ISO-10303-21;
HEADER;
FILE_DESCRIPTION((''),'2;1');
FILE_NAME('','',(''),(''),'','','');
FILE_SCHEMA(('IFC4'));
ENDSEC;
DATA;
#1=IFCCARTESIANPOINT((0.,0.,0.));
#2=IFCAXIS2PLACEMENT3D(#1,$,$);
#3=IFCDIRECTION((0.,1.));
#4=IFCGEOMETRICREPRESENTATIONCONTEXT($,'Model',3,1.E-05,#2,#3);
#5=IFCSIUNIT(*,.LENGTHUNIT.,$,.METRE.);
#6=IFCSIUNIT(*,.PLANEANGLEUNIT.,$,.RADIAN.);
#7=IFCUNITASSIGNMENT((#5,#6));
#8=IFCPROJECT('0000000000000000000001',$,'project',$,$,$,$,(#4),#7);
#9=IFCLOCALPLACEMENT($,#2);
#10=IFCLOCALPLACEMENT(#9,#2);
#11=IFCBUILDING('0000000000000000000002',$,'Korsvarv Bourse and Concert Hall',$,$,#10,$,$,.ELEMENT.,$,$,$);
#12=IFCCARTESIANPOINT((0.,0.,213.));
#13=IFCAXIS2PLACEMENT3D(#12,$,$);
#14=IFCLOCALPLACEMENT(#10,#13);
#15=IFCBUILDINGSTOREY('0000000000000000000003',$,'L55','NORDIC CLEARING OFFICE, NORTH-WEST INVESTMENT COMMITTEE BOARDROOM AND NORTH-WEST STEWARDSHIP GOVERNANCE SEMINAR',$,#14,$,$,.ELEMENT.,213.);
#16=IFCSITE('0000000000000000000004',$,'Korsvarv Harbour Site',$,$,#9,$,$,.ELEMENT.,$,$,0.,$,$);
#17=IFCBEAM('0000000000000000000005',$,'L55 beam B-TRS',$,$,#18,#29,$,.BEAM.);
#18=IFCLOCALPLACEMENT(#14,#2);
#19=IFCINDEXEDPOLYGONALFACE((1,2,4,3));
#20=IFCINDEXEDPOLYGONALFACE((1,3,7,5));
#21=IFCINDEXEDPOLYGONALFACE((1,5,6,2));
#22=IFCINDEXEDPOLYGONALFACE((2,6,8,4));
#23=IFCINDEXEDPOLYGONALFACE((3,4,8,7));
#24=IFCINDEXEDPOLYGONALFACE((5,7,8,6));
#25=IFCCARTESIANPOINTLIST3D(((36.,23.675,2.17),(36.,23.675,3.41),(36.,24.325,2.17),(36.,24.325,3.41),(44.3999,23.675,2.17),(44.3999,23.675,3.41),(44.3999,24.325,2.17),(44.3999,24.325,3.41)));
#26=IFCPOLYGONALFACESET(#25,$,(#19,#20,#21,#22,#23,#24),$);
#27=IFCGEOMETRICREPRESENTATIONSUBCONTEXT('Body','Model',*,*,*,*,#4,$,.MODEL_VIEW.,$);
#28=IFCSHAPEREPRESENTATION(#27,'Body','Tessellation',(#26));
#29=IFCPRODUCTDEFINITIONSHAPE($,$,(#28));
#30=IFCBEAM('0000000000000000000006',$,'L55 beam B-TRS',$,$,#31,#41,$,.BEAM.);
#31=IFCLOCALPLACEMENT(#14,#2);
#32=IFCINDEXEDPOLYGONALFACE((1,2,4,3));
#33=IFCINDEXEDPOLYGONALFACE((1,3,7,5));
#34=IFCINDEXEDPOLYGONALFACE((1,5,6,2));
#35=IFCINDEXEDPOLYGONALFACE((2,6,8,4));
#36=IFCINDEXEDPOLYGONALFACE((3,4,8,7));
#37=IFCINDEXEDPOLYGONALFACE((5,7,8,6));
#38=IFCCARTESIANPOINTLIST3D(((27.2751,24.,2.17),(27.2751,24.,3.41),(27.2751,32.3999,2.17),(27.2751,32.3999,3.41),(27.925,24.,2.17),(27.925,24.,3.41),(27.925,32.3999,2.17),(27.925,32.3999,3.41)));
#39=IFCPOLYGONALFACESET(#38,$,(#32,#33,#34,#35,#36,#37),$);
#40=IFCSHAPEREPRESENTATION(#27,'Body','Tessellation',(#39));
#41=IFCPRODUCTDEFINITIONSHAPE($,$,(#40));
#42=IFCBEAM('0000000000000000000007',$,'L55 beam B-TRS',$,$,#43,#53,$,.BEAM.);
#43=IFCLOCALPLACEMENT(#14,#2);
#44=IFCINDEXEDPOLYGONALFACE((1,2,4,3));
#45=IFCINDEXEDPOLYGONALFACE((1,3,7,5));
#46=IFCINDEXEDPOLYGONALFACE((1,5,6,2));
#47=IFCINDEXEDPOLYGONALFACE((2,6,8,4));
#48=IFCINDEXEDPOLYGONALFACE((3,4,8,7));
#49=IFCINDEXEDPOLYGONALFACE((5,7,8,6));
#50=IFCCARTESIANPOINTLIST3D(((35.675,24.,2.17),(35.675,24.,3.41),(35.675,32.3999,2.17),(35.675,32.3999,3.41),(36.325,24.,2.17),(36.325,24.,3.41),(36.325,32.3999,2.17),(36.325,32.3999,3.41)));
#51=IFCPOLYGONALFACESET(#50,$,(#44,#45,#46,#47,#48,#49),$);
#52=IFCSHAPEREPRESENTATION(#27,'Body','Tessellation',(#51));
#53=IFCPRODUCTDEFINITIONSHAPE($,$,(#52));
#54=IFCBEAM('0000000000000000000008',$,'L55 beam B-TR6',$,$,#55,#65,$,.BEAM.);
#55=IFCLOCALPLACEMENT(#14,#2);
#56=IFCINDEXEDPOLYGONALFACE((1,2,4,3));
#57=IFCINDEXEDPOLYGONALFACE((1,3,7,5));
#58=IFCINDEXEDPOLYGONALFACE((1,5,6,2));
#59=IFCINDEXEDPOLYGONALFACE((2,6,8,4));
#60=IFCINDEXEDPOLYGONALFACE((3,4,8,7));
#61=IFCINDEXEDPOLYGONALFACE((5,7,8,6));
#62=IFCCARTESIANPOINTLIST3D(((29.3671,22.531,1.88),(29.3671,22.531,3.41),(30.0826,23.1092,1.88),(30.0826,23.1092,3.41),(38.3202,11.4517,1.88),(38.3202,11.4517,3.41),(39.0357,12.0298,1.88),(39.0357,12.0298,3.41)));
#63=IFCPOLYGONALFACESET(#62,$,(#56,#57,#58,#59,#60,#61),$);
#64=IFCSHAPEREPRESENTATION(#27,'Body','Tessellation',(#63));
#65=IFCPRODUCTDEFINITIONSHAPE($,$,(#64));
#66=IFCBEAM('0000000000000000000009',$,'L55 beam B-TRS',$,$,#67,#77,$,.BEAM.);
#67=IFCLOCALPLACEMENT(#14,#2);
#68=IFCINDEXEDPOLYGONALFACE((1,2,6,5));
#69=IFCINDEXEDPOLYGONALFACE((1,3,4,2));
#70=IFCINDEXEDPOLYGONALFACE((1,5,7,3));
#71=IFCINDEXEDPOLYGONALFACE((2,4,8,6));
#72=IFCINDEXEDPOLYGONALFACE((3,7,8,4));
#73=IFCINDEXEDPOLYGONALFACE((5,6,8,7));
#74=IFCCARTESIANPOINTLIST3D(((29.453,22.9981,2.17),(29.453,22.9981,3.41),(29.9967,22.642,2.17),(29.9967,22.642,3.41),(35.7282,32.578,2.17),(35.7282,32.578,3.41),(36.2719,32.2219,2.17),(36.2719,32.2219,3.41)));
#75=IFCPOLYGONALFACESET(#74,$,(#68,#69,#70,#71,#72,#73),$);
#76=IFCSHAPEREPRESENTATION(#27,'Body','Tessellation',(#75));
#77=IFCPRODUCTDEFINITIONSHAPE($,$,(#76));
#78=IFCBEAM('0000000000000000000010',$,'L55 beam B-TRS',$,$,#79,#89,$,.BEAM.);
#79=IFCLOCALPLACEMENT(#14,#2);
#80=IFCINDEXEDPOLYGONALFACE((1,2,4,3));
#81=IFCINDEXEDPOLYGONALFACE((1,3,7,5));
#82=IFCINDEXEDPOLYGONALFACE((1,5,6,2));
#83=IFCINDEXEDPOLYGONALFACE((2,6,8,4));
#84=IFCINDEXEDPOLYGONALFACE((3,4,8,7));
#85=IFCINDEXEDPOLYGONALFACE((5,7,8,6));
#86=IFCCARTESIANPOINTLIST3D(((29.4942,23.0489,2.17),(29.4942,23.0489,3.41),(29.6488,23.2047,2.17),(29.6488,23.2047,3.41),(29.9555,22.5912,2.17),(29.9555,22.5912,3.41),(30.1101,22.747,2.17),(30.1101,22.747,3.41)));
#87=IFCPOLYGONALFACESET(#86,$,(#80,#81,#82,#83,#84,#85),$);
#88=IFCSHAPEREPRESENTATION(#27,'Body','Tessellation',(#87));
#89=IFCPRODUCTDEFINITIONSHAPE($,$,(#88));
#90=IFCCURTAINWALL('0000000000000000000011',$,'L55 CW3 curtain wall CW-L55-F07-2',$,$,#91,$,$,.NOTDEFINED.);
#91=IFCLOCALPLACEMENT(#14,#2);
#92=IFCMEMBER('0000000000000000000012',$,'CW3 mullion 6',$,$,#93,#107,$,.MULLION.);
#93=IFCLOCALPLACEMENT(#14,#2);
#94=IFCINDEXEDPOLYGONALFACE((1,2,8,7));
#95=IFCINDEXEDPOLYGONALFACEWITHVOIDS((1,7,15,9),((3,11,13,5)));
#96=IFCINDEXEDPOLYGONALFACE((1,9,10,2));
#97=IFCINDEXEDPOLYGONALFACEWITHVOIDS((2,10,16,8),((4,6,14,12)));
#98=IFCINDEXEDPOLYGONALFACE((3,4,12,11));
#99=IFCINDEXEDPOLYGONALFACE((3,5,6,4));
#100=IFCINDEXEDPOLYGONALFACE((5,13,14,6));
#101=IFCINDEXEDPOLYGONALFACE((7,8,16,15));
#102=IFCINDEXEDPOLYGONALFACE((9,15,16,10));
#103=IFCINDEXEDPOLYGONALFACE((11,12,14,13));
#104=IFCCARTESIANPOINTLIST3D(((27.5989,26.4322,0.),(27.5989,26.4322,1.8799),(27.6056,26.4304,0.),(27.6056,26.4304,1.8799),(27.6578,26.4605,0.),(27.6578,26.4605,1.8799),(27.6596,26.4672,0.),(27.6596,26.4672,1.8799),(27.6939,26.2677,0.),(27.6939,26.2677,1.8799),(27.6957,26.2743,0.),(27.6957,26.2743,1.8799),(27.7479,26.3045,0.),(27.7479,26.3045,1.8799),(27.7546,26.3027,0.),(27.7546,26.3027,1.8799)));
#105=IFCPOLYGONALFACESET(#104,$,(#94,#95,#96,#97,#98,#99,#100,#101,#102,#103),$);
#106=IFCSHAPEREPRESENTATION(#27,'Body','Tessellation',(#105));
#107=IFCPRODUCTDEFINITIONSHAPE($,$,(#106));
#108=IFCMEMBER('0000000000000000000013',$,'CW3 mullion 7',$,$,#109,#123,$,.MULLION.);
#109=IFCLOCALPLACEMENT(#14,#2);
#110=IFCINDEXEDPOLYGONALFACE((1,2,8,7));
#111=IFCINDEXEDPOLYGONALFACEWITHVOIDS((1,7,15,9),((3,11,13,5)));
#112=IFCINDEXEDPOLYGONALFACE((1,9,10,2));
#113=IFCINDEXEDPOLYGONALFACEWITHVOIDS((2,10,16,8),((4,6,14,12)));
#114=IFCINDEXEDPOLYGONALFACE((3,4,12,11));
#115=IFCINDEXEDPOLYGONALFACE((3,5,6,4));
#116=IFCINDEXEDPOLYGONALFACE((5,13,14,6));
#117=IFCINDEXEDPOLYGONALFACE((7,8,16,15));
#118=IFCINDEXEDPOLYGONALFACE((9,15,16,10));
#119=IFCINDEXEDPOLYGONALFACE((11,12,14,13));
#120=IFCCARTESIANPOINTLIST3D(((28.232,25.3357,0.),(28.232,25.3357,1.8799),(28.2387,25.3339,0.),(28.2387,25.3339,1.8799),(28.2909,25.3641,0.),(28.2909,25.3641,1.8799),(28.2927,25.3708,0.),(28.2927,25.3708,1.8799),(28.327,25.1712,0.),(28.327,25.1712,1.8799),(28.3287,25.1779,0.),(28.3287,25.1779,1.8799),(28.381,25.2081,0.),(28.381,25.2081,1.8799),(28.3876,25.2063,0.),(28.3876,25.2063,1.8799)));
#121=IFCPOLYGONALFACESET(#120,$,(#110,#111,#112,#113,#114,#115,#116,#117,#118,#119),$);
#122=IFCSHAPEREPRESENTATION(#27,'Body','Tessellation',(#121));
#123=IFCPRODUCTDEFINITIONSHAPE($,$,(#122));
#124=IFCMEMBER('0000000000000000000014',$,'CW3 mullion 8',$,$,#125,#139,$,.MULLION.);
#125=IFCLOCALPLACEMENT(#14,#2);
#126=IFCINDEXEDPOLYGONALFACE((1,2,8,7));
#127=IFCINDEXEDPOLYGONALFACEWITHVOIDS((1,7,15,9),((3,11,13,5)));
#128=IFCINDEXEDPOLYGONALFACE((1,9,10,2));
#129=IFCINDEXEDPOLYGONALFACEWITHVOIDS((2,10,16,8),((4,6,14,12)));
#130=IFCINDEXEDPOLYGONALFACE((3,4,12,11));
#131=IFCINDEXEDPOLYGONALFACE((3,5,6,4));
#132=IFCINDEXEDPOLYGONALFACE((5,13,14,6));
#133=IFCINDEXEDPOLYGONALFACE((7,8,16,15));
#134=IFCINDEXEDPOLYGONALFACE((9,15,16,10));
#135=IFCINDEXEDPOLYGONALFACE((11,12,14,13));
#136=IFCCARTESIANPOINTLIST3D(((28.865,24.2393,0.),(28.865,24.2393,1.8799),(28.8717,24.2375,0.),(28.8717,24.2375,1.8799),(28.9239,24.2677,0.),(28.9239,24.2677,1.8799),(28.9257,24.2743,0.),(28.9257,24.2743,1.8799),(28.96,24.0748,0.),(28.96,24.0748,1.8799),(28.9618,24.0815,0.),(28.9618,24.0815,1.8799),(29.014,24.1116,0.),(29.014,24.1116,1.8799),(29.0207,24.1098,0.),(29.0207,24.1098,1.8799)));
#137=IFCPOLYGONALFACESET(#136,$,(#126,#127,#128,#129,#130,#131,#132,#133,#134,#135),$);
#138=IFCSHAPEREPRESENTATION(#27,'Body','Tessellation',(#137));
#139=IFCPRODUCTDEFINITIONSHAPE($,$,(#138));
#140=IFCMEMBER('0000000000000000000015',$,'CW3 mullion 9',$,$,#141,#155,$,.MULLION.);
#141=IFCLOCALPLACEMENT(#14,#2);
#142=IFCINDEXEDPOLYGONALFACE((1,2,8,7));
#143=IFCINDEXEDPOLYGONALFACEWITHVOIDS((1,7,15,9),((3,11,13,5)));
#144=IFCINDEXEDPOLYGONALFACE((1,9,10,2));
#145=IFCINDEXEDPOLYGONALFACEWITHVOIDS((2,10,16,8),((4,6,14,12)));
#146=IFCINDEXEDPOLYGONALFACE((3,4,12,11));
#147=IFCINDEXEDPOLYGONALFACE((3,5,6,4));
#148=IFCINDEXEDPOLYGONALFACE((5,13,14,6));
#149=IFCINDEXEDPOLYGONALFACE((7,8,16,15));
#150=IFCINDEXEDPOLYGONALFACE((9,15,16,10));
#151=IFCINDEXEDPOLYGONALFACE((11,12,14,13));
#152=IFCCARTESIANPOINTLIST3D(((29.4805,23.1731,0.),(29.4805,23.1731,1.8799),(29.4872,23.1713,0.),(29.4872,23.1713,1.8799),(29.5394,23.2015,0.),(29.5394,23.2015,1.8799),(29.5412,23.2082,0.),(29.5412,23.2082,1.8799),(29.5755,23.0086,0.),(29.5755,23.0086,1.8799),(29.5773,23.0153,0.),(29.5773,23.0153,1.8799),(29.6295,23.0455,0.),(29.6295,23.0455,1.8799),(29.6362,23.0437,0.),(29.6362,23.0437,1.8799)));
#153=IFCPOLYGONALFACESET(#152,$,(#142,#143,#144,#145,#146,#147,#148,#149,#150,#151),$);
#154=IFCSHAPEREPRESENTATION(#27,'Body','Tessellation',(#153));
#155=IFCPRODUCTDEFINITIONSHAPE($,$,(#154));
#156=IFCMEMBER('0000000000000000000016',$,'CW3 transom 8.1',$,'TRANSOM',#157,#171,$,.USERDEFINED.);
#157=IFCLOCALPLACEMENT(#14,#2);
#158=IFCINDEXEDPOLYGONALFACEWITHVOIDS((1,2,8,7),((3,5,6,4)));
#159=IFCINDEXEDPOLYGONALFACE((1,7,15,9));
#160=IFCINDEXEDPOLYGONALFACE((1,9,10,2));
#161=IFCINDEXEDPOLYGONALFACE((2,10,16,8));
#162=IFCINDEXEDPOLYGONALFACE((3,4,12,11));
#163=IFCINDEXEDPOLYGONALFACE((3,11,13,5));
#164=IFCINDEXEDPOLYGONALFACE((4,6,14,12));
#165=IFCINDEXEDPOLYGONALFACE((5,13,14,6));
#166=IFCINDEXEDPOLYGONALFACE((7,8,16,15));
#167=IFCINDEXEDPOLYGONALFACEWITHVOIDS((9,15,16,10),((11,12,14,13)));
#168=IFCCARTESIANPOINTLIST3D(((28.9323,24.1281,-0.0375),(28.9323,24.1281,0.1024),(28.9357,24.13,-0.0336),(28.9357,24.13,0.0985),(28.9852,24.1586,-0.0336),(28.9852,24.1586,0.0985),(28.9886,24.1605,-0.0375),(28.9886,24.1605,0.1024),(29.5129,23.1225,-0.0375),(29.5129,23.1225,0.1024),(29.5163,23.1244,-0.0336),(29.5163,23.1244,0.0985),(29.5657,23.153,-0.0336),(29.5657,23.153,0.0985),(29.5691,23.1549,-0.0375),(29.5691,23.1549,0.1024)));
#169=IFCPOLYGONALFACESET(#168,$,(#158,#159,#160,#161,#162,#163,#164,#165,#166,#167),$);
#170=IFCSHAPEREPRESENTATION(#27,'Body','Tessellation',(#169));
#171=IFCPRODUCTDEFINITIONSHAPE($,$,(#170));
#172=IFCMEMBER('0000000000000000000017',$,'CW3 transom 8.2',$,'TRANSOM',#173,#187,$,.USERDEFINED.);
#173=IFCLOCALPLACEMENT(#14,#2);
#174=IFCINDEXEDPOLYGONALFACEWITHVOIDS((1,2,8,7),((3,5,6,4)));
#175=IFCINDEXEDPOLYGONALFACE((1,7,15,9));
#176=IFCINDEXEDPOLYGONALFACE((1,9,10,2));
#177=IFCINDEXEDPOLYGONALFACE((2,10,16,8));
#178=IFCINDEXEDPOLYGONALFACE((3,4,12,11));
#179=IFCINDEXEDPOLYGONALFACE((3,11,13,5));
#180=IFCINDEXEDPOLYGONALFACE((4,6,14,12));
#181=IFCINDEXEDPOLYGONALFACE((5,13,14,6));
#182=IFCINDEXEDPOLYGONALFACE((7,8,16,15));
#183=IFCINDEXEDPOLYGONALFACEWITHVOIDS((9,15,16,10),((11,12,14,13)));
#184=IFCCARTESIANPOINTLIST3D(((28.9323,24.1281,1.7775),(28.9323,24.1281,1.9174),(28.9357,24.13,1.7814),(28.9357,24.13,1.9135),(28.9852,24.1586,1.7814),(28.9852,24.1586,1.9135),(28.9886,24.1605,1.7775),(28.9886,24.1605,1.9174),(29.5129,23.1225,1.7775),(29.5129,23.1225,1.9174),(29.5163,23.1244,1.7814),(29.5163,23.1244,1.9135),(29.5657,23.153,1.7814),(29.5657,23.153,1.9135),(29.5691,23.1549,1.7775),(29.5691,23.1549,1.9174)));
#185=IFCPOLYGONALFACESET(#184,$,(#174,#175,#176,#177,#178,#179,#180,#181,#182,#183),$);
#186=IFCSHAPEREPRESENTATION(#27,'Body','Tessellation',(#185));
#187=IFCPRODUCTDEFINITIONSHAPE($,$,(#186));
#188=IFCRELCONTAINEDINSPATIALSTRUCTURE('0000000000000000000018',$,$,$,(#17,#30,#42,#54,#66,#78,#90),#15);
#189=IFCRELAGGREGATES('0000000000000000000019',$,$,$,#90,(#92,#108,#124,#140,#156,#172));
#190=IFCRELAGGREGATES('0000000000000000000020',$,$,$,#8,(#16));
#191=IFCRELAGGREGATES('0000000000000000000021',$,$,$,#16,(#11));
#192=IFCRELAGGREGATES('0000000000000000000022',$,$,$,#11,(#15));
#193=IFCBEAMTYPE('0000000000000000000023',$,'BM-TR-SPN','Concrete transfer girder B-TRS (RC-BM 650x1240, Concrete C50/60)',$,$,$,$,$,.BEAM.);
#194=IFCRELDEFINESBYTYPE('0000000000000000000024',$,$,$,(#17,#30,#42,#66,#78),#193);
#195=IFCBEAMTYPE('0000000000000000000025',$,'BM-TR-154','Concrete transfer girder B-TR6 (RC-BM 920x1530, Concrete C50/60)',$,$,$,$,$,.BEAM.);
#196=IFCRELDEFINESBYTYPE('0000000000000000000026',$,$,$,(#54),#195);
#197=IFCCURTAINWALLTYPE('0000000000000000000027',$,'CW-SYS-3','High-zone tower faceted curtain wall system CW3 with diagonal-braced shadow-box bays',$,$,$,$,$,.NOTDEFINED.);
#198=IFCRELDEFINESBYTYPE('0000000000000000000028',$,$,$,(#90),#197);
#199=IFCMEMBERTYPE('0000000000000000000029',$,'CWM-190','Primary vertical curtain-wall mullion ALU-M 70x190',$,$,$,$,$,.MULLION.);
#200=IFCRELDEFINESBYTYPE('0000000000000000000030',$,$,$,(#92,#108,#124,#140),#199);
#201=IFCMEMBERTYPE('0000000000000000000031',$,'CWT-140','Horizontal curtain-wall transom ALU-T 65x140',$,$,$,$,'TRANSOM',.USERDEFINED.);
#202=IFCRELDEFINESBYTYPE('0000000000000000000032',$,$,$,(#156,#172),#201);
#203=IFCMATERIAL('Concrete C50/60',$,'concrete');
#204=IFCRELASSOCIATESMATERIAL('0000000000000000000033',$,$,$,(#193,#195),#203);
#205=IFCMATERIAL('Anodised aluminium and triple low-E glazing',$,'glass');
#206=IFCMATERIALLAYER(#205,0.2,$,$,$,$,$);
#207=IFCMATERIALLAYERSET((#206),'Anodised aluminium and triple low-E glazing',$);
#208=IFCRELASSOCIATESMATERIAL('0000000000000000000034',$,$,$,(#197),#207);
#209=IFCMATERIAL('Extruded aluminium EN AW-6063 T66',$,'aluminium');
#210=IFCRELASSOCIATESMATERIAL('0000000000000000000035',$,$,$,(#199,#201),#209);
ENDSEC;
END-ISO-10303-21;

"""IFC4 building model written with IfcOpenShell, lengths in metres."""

from ifc_helpers import new_model, si_unit, direction, frame, origin, origin_2d, place, context, subcontext, project, spatial, rectangle, hollow_rectangle, extrude, source, transform, mapped, material, layer, layer_set, material_profile, profile_set, type_object, element, aggregate, save


model = new_model("IFC4")

# Units and contexts
model_context = context("Model", 3, precision=1e-05, world=origin(), true_north=direction((0.0, 1.0)))
body_context = subcontext(model_context, "Body", "Model", "MODEL_VIEW")
ifc_project = project(units=[si_unit("LENGTHUNIT", "METRE"), si_unit("PLANEANGLEUNIT", "RADIAN")], contexts=[model_context])

# Site, building, storey
site_placement = place(None, origin())
site = spatial("IfcSite", under=ifc_project, at=site_placement, Name="Korsvarv Harbour Site", CompositionType="ELEMENT", RefElevation=0.0)
building_placement = place(site_placement, origin())
building = spatial("IfcBuilding", under=site, at=building_placement, Name="Korsvarv Bourse and Concert Hall", CompositionType="ELEMENT")
storey_placement = place(building_placement, frame((0.0, 0.0, 213.0)))
storey = spatial("IfcBuildingStorey", under=building, at=storey_placement, Name="L55", Description="NORDIC CLEARING OFFICE, NORTH-WEST INVESTMENT COMMITTEE BOARDROOM AND NORTH-WEST STEWARDSHIP GOVERNANCE SEMINAR", CompositionType="ELEMENT", Elevation=213.0)

# Beams
ifc_material_1 = material(Name="Concrete C50/60", Category="concrete")
ifc_material_profile_1 = material_profile(ifc_material_1, rectangle(XDim=0.6499, YDim=1.24, at=origin_2d()), Name="RC-BM 650x1240")
ifc_profile_set_1 = profile_set([ifc_material_profile_1], Name="Concrete C50/60")
beam_type_1 = type_object("IfcBeamType", Name="BM-TR-SPN", Description="Concrete transfer girder B-TRS (RC-BM 650x1240, Concrete C50/60)", PredefinedType="BEAM", material=ifc_profile_set_1)
shared_shape_1 = source(origin(), body_context, "Body", "SweptSolid", [
    extrude(rectangle(XDim=0.6499, YDim=1.24, at=origin_2d()), origin(), (0.0, 0.0, 1.0), 8.3999),
])
for number, where, z_axis, x_axis, name in (
    (1, (36.0, 24.0, 2.79), (1.0, 0.0, 0.0), (0.0, 1.0, 0.0), "L55 beam B-TRS"),
    (2, (27.6001, 24.0, 2.79), (0.0, 1.0, 0.0), (-1.0, 0.0, 0.0), "L55 beam B-TRS"),
    (3, (36.0, 24.0, 2.79), (0.0, 1.0, 0.0), (-1.0, 0.0, 0.0), "L55 beam B-TRS"),
):
    element("IfcBeam", number, at=place(storey_placement, frame(where, z_axis=z_axis, x_axis=x_axis)), inside=storey, type_object=beam_type_1, Name=name, PredefinedType="BEAM", context=body_context, shape_type="MappedRepresentation", body=[
        mapped(shared_shape_1, transform((0.0, 0.0, 0.0), scale=1.0)),
    ])
ifc_material_profile_2 = material_profile(ifc_material_1, rectangle(XDim=0.9199, YDim=1.53, at=origin_2d()), Name="RC-BM 920x1530")
ifc_profile_set_2 = profile_set([ifc_material_profile_2], Name="Concrete C50/60")
beam_type_2 = type_object("IfcBeamType", Name="BM-TR-154", Description="Concrete transfer girder B-TR6 (RC-BM 920x1530, Concrete C50/60)", PredefinedType="BEAM", material=ifc_profile_set_2)
shared_shape_2 = source(origin(), body_context, "Body", "SweptSolid", [
    extrude(rectangle(XDim=0.9199, YDim=1.53, at=origin_2d()), origin(), (0.0, 0.0, 1.0), 14.2446),
])
beam_1_placement = place(storey_placement, frame((29.7249, 22.8201, 2.645), z_axis=(0.628525, -0.777789, 0.0), x_axis=(0.777789, 0.628525, 0.0)))
element("IfcBeam", 4, at=beam_1_placement, inside=storey, type_object=beam_type_2, Name="L55 beam B-TR6", PredefinedType="BEAM", context=body_context, shape_type="MappedRepresentation", body=[
    mapped(shared_shape_2, transform((0.0, 0.0, 0.0), scale=1.0)),
])
shared_shape_3 = source(origin(), body_context, "Body", "SweptSolid", [
    extrude(rectangle(XDim=0.6499, YDim=1.24, at=origin_2d()), origin(), (0.0, 0.0, 1.0), 11.4521),
])
beam_2_placement = place(storey_placement, frame((29.7249, 22.8201, 2.79), z_axis=(0.547947, 0.836513, 0.0), x_axis=(-0.836513, 0.547947, 0.0)))
element("IfcBeam", 5, at=beam_2_placement, inside=storey, type_object=beam_type_1, Name="L55 beam B-TRS", PredefinedType="BEAM", context=body_context, shape_type="MappedRepresentation", body=[
    mapped(shared_shape_3, transform((0.0, 0.0, 0.0), scale=1.0)),
])
shared_shape_4 = source(origin(), body_context, "Body", "SweptSolid", [
    extrude(rectangle(XDim=0.6499, YDim=1.24, at=origin_2d()), origin(), (0.0, 0.0, 1.0), 0.2195),
])
beam_3_placement = place(storey_placement, frame((29.7249, 22.8201, 2.79), z_axis=(0.70432, 0.709883, 0.0), x_axis=(-0.709883, 0.70432, 0.0)))
element("IfcBeam", 6, at=beam_3_placement, inside=storey, type_object=beam_type_1, Name="L55 beam B-TRS", PredefinedType="BEAM", context=body_context, shape_type="MappedRepresentation", body=[
    mapped(shared_shape_4, transform((0.0, 0.0, 0.0), scale=1.0)),
])

# Curtain wall, members
ifc_material_2 = material(Name="Anodised aluminium and triple low-E glazing", Category="glass")
ifc_layer_1 = layer(ifc_material_2, 0.2)
ifc_layer_set_1 = layer_set([ifc_layer_1], Name="Anodised aluminium and triple low-E glazing")
curtain_wall_type = type_object("IfcCurtainWallType", Name="CW-SYS-3", Description="High-zone tower faceted curtain wall system CW3 with diagonal-braced shadow-box bays", PredefinedType="NOTDEFINED", material=ifc_layer_set_1)
curtain_wall_placement = place(storey_placement, origin())
curtain_wall = element("IfcCurtainWall", 7, at=curtain_wall_placement, inside=storey, type_object=curtain_wall_type, Name="L55 CW3 curtain wall CW-L55-F07-2", PredefinedType="NOTDEFINED")
ifc_material_3 = material(Name="Extruded aluminium EN AW-6063 T66", Category="aluminium")
ifc_material_profile_3 = material_profile(ifc_material_3, hollow_rectangle(XDim=0.0701, YDim=0.1899, WallThickness=0.0049, at=origin_2d()), Name="ALU-M 70x190")
ifc_profile_set_3 = profile_set([ifc_material_profile_3], Name="Extruded aluminium EN AW-6063 T66")
member_type_1 = type_object("IfcMemberType", Name="CWM-190", Description="Primary vertical curtain-wall mullion ALU-M 70x190", PredefinedType="MULLION", material=ifc_profile_set_3)
shared_shape_5 = source(origin(), body_context, "Body", "SweptSolid", [
    extrude(hollow_rectangle(XDim=0.0701, YDim=0.1899, WallThickness=0.0049, at=origin_2d()), origin(), (0.0, 0.0, 1.0), 1.8799),
])
member_1_placement = place(storey_placement, frame((27.6768, 26.3674, 0.0), z_axis=(0.0, 0.0, 1.0), x_axis=(0.866026, 0.499999, 0.0)))
member_1 = element("IfcMember", 8, at=member_1_placement, type_object=member_type_1, Name="CW3 mullion 6", PredefinedType="MULLION", context=body_context, shape_type="MappedRepresentation", body=[
    mapped(shared_shape_5, transform((0.0, 0.0, 0.0), scale=1.0)),
])
member_2_placement = place(storey_placement, frame((28.3098, 25.271, 0.0), z_axis=(0.0, 0.0, 1.0), x_axis=(0.866026, 0.499999, 0.0)))
member_2 = element("IfcMember", 9, at=member_2_placement, type_object=member_type_1, Name="CW3 mullion 7", PredefinedType="MULLION", context=body_context, shape_type="MappedRepresentation", body=[
    mapped(shared_shape_5, transform((0.0, 0.0, 0.0), scale=1.0)),
])
member_3_placement = place(storey_placement, frame((28.9429, 24.1746, 0.0), z_axis=(0.0, 0.0, 1.0), x_axis=(0.866026, 0.499999, 0.0)))
member_3 = element("IfcMember", 10, at=member_3_placement, type_object=member_type_1, Name="CW3 mullion 8", PredefinedType="MULLION", context=body_context, shape_type="MappedRepresentation", body=[
    mapped(shared_shape_5, transform((0.0, 0.0, 0.0), scale=1.0)),
])
member_4_placement = place(storey_placement, frame((29.5583, 23.1084, 0.0), z_axis=(0.0, 0.0, 1.0), x_axis=(0.866026, 0.499999, 0.0)))
member_4 = element("IfcMember", 11, at=member_4_placement, type_object=member_type_1, Name="CW3 mullion 9", PredefinedType="MULLION", context=body_context, shape_type="MappedRepresentation", body=[
    mapped(shared_shape_5, transform((0.0, 0.0, 0.0), scale=1.0)),
])
ifc_material_profile_4 = material_profile(ifc_material_3, hollow_rectangle(XDim=0.0649, YDim=0.1399, WallThickness=0.0039, at=origin_2d()), Name="ALU-T 65x140")
ifc_profile_set_4 = profile_set([ifc_material_profile_4], Name="Extruded aluminium EN AW-6063 T66")
member_type_2 = type_object("IfcMemberType", Name="CWT-140", Description="Horizontal curtain-wall transom ALU-T 65x140", ElementType="TRANSOM", PredefinedType="USERDEFINED", material=ifc_profile_set_4)
shared_shape_6 = source(origin(), body_context, "Body", "SweptSolid", [
    extrude(hollow_rectangle(XDim=0.0649, YDim=0.1399, WallThickness=0.0039, at=origin_2d()), origin(), (0.0, 0.0, 1.0), 1.1611),
])
member_5_placement = place(storey_placement, frame((28.9604, 24.1443, 0.0325), z_axis=(0.499983, -0.866035, 0.0), x_axis=(0.866035, 0.499983, 0.0)))
member_5 = element("IfcMember", 12, at=member_5_placement, type_object=member_type_2, Name="CW3 transom 8.1", ObjectType="TRANSOM", PredefinedType="USERDEFINED", context=body_context, shape_type="MappedRepresentation", body=[
    mapped(shared_shape_6, transform((0.0, 0.0, 0.0), scale=1.0)),
])
member_6_placement = place(storey_placement, frame((28.9604, 24.1443, 1.8474), z_axis=(0.499983, -0.866035, 0.0), x_axis=(0.866035, 0.499983, 0.0)))
member_6 = element("IfcMember", 13, at=member_6_placement, type_object=member_type_2, Name="CW3 transom 8.2", ObjectType="TRANSOM", PredefinedType="USERDEFINED", context=body_context, shape_type="MappedRepresentation", body=[
    mapped(shared_shape_6, transform((0.0, 0.0, 0.0), scale=1.0)),
])
aggregate(curtain_wall, [member_1, member_2, member_3, member_4, member_5, member_6])

save(model, "model.ifc")
